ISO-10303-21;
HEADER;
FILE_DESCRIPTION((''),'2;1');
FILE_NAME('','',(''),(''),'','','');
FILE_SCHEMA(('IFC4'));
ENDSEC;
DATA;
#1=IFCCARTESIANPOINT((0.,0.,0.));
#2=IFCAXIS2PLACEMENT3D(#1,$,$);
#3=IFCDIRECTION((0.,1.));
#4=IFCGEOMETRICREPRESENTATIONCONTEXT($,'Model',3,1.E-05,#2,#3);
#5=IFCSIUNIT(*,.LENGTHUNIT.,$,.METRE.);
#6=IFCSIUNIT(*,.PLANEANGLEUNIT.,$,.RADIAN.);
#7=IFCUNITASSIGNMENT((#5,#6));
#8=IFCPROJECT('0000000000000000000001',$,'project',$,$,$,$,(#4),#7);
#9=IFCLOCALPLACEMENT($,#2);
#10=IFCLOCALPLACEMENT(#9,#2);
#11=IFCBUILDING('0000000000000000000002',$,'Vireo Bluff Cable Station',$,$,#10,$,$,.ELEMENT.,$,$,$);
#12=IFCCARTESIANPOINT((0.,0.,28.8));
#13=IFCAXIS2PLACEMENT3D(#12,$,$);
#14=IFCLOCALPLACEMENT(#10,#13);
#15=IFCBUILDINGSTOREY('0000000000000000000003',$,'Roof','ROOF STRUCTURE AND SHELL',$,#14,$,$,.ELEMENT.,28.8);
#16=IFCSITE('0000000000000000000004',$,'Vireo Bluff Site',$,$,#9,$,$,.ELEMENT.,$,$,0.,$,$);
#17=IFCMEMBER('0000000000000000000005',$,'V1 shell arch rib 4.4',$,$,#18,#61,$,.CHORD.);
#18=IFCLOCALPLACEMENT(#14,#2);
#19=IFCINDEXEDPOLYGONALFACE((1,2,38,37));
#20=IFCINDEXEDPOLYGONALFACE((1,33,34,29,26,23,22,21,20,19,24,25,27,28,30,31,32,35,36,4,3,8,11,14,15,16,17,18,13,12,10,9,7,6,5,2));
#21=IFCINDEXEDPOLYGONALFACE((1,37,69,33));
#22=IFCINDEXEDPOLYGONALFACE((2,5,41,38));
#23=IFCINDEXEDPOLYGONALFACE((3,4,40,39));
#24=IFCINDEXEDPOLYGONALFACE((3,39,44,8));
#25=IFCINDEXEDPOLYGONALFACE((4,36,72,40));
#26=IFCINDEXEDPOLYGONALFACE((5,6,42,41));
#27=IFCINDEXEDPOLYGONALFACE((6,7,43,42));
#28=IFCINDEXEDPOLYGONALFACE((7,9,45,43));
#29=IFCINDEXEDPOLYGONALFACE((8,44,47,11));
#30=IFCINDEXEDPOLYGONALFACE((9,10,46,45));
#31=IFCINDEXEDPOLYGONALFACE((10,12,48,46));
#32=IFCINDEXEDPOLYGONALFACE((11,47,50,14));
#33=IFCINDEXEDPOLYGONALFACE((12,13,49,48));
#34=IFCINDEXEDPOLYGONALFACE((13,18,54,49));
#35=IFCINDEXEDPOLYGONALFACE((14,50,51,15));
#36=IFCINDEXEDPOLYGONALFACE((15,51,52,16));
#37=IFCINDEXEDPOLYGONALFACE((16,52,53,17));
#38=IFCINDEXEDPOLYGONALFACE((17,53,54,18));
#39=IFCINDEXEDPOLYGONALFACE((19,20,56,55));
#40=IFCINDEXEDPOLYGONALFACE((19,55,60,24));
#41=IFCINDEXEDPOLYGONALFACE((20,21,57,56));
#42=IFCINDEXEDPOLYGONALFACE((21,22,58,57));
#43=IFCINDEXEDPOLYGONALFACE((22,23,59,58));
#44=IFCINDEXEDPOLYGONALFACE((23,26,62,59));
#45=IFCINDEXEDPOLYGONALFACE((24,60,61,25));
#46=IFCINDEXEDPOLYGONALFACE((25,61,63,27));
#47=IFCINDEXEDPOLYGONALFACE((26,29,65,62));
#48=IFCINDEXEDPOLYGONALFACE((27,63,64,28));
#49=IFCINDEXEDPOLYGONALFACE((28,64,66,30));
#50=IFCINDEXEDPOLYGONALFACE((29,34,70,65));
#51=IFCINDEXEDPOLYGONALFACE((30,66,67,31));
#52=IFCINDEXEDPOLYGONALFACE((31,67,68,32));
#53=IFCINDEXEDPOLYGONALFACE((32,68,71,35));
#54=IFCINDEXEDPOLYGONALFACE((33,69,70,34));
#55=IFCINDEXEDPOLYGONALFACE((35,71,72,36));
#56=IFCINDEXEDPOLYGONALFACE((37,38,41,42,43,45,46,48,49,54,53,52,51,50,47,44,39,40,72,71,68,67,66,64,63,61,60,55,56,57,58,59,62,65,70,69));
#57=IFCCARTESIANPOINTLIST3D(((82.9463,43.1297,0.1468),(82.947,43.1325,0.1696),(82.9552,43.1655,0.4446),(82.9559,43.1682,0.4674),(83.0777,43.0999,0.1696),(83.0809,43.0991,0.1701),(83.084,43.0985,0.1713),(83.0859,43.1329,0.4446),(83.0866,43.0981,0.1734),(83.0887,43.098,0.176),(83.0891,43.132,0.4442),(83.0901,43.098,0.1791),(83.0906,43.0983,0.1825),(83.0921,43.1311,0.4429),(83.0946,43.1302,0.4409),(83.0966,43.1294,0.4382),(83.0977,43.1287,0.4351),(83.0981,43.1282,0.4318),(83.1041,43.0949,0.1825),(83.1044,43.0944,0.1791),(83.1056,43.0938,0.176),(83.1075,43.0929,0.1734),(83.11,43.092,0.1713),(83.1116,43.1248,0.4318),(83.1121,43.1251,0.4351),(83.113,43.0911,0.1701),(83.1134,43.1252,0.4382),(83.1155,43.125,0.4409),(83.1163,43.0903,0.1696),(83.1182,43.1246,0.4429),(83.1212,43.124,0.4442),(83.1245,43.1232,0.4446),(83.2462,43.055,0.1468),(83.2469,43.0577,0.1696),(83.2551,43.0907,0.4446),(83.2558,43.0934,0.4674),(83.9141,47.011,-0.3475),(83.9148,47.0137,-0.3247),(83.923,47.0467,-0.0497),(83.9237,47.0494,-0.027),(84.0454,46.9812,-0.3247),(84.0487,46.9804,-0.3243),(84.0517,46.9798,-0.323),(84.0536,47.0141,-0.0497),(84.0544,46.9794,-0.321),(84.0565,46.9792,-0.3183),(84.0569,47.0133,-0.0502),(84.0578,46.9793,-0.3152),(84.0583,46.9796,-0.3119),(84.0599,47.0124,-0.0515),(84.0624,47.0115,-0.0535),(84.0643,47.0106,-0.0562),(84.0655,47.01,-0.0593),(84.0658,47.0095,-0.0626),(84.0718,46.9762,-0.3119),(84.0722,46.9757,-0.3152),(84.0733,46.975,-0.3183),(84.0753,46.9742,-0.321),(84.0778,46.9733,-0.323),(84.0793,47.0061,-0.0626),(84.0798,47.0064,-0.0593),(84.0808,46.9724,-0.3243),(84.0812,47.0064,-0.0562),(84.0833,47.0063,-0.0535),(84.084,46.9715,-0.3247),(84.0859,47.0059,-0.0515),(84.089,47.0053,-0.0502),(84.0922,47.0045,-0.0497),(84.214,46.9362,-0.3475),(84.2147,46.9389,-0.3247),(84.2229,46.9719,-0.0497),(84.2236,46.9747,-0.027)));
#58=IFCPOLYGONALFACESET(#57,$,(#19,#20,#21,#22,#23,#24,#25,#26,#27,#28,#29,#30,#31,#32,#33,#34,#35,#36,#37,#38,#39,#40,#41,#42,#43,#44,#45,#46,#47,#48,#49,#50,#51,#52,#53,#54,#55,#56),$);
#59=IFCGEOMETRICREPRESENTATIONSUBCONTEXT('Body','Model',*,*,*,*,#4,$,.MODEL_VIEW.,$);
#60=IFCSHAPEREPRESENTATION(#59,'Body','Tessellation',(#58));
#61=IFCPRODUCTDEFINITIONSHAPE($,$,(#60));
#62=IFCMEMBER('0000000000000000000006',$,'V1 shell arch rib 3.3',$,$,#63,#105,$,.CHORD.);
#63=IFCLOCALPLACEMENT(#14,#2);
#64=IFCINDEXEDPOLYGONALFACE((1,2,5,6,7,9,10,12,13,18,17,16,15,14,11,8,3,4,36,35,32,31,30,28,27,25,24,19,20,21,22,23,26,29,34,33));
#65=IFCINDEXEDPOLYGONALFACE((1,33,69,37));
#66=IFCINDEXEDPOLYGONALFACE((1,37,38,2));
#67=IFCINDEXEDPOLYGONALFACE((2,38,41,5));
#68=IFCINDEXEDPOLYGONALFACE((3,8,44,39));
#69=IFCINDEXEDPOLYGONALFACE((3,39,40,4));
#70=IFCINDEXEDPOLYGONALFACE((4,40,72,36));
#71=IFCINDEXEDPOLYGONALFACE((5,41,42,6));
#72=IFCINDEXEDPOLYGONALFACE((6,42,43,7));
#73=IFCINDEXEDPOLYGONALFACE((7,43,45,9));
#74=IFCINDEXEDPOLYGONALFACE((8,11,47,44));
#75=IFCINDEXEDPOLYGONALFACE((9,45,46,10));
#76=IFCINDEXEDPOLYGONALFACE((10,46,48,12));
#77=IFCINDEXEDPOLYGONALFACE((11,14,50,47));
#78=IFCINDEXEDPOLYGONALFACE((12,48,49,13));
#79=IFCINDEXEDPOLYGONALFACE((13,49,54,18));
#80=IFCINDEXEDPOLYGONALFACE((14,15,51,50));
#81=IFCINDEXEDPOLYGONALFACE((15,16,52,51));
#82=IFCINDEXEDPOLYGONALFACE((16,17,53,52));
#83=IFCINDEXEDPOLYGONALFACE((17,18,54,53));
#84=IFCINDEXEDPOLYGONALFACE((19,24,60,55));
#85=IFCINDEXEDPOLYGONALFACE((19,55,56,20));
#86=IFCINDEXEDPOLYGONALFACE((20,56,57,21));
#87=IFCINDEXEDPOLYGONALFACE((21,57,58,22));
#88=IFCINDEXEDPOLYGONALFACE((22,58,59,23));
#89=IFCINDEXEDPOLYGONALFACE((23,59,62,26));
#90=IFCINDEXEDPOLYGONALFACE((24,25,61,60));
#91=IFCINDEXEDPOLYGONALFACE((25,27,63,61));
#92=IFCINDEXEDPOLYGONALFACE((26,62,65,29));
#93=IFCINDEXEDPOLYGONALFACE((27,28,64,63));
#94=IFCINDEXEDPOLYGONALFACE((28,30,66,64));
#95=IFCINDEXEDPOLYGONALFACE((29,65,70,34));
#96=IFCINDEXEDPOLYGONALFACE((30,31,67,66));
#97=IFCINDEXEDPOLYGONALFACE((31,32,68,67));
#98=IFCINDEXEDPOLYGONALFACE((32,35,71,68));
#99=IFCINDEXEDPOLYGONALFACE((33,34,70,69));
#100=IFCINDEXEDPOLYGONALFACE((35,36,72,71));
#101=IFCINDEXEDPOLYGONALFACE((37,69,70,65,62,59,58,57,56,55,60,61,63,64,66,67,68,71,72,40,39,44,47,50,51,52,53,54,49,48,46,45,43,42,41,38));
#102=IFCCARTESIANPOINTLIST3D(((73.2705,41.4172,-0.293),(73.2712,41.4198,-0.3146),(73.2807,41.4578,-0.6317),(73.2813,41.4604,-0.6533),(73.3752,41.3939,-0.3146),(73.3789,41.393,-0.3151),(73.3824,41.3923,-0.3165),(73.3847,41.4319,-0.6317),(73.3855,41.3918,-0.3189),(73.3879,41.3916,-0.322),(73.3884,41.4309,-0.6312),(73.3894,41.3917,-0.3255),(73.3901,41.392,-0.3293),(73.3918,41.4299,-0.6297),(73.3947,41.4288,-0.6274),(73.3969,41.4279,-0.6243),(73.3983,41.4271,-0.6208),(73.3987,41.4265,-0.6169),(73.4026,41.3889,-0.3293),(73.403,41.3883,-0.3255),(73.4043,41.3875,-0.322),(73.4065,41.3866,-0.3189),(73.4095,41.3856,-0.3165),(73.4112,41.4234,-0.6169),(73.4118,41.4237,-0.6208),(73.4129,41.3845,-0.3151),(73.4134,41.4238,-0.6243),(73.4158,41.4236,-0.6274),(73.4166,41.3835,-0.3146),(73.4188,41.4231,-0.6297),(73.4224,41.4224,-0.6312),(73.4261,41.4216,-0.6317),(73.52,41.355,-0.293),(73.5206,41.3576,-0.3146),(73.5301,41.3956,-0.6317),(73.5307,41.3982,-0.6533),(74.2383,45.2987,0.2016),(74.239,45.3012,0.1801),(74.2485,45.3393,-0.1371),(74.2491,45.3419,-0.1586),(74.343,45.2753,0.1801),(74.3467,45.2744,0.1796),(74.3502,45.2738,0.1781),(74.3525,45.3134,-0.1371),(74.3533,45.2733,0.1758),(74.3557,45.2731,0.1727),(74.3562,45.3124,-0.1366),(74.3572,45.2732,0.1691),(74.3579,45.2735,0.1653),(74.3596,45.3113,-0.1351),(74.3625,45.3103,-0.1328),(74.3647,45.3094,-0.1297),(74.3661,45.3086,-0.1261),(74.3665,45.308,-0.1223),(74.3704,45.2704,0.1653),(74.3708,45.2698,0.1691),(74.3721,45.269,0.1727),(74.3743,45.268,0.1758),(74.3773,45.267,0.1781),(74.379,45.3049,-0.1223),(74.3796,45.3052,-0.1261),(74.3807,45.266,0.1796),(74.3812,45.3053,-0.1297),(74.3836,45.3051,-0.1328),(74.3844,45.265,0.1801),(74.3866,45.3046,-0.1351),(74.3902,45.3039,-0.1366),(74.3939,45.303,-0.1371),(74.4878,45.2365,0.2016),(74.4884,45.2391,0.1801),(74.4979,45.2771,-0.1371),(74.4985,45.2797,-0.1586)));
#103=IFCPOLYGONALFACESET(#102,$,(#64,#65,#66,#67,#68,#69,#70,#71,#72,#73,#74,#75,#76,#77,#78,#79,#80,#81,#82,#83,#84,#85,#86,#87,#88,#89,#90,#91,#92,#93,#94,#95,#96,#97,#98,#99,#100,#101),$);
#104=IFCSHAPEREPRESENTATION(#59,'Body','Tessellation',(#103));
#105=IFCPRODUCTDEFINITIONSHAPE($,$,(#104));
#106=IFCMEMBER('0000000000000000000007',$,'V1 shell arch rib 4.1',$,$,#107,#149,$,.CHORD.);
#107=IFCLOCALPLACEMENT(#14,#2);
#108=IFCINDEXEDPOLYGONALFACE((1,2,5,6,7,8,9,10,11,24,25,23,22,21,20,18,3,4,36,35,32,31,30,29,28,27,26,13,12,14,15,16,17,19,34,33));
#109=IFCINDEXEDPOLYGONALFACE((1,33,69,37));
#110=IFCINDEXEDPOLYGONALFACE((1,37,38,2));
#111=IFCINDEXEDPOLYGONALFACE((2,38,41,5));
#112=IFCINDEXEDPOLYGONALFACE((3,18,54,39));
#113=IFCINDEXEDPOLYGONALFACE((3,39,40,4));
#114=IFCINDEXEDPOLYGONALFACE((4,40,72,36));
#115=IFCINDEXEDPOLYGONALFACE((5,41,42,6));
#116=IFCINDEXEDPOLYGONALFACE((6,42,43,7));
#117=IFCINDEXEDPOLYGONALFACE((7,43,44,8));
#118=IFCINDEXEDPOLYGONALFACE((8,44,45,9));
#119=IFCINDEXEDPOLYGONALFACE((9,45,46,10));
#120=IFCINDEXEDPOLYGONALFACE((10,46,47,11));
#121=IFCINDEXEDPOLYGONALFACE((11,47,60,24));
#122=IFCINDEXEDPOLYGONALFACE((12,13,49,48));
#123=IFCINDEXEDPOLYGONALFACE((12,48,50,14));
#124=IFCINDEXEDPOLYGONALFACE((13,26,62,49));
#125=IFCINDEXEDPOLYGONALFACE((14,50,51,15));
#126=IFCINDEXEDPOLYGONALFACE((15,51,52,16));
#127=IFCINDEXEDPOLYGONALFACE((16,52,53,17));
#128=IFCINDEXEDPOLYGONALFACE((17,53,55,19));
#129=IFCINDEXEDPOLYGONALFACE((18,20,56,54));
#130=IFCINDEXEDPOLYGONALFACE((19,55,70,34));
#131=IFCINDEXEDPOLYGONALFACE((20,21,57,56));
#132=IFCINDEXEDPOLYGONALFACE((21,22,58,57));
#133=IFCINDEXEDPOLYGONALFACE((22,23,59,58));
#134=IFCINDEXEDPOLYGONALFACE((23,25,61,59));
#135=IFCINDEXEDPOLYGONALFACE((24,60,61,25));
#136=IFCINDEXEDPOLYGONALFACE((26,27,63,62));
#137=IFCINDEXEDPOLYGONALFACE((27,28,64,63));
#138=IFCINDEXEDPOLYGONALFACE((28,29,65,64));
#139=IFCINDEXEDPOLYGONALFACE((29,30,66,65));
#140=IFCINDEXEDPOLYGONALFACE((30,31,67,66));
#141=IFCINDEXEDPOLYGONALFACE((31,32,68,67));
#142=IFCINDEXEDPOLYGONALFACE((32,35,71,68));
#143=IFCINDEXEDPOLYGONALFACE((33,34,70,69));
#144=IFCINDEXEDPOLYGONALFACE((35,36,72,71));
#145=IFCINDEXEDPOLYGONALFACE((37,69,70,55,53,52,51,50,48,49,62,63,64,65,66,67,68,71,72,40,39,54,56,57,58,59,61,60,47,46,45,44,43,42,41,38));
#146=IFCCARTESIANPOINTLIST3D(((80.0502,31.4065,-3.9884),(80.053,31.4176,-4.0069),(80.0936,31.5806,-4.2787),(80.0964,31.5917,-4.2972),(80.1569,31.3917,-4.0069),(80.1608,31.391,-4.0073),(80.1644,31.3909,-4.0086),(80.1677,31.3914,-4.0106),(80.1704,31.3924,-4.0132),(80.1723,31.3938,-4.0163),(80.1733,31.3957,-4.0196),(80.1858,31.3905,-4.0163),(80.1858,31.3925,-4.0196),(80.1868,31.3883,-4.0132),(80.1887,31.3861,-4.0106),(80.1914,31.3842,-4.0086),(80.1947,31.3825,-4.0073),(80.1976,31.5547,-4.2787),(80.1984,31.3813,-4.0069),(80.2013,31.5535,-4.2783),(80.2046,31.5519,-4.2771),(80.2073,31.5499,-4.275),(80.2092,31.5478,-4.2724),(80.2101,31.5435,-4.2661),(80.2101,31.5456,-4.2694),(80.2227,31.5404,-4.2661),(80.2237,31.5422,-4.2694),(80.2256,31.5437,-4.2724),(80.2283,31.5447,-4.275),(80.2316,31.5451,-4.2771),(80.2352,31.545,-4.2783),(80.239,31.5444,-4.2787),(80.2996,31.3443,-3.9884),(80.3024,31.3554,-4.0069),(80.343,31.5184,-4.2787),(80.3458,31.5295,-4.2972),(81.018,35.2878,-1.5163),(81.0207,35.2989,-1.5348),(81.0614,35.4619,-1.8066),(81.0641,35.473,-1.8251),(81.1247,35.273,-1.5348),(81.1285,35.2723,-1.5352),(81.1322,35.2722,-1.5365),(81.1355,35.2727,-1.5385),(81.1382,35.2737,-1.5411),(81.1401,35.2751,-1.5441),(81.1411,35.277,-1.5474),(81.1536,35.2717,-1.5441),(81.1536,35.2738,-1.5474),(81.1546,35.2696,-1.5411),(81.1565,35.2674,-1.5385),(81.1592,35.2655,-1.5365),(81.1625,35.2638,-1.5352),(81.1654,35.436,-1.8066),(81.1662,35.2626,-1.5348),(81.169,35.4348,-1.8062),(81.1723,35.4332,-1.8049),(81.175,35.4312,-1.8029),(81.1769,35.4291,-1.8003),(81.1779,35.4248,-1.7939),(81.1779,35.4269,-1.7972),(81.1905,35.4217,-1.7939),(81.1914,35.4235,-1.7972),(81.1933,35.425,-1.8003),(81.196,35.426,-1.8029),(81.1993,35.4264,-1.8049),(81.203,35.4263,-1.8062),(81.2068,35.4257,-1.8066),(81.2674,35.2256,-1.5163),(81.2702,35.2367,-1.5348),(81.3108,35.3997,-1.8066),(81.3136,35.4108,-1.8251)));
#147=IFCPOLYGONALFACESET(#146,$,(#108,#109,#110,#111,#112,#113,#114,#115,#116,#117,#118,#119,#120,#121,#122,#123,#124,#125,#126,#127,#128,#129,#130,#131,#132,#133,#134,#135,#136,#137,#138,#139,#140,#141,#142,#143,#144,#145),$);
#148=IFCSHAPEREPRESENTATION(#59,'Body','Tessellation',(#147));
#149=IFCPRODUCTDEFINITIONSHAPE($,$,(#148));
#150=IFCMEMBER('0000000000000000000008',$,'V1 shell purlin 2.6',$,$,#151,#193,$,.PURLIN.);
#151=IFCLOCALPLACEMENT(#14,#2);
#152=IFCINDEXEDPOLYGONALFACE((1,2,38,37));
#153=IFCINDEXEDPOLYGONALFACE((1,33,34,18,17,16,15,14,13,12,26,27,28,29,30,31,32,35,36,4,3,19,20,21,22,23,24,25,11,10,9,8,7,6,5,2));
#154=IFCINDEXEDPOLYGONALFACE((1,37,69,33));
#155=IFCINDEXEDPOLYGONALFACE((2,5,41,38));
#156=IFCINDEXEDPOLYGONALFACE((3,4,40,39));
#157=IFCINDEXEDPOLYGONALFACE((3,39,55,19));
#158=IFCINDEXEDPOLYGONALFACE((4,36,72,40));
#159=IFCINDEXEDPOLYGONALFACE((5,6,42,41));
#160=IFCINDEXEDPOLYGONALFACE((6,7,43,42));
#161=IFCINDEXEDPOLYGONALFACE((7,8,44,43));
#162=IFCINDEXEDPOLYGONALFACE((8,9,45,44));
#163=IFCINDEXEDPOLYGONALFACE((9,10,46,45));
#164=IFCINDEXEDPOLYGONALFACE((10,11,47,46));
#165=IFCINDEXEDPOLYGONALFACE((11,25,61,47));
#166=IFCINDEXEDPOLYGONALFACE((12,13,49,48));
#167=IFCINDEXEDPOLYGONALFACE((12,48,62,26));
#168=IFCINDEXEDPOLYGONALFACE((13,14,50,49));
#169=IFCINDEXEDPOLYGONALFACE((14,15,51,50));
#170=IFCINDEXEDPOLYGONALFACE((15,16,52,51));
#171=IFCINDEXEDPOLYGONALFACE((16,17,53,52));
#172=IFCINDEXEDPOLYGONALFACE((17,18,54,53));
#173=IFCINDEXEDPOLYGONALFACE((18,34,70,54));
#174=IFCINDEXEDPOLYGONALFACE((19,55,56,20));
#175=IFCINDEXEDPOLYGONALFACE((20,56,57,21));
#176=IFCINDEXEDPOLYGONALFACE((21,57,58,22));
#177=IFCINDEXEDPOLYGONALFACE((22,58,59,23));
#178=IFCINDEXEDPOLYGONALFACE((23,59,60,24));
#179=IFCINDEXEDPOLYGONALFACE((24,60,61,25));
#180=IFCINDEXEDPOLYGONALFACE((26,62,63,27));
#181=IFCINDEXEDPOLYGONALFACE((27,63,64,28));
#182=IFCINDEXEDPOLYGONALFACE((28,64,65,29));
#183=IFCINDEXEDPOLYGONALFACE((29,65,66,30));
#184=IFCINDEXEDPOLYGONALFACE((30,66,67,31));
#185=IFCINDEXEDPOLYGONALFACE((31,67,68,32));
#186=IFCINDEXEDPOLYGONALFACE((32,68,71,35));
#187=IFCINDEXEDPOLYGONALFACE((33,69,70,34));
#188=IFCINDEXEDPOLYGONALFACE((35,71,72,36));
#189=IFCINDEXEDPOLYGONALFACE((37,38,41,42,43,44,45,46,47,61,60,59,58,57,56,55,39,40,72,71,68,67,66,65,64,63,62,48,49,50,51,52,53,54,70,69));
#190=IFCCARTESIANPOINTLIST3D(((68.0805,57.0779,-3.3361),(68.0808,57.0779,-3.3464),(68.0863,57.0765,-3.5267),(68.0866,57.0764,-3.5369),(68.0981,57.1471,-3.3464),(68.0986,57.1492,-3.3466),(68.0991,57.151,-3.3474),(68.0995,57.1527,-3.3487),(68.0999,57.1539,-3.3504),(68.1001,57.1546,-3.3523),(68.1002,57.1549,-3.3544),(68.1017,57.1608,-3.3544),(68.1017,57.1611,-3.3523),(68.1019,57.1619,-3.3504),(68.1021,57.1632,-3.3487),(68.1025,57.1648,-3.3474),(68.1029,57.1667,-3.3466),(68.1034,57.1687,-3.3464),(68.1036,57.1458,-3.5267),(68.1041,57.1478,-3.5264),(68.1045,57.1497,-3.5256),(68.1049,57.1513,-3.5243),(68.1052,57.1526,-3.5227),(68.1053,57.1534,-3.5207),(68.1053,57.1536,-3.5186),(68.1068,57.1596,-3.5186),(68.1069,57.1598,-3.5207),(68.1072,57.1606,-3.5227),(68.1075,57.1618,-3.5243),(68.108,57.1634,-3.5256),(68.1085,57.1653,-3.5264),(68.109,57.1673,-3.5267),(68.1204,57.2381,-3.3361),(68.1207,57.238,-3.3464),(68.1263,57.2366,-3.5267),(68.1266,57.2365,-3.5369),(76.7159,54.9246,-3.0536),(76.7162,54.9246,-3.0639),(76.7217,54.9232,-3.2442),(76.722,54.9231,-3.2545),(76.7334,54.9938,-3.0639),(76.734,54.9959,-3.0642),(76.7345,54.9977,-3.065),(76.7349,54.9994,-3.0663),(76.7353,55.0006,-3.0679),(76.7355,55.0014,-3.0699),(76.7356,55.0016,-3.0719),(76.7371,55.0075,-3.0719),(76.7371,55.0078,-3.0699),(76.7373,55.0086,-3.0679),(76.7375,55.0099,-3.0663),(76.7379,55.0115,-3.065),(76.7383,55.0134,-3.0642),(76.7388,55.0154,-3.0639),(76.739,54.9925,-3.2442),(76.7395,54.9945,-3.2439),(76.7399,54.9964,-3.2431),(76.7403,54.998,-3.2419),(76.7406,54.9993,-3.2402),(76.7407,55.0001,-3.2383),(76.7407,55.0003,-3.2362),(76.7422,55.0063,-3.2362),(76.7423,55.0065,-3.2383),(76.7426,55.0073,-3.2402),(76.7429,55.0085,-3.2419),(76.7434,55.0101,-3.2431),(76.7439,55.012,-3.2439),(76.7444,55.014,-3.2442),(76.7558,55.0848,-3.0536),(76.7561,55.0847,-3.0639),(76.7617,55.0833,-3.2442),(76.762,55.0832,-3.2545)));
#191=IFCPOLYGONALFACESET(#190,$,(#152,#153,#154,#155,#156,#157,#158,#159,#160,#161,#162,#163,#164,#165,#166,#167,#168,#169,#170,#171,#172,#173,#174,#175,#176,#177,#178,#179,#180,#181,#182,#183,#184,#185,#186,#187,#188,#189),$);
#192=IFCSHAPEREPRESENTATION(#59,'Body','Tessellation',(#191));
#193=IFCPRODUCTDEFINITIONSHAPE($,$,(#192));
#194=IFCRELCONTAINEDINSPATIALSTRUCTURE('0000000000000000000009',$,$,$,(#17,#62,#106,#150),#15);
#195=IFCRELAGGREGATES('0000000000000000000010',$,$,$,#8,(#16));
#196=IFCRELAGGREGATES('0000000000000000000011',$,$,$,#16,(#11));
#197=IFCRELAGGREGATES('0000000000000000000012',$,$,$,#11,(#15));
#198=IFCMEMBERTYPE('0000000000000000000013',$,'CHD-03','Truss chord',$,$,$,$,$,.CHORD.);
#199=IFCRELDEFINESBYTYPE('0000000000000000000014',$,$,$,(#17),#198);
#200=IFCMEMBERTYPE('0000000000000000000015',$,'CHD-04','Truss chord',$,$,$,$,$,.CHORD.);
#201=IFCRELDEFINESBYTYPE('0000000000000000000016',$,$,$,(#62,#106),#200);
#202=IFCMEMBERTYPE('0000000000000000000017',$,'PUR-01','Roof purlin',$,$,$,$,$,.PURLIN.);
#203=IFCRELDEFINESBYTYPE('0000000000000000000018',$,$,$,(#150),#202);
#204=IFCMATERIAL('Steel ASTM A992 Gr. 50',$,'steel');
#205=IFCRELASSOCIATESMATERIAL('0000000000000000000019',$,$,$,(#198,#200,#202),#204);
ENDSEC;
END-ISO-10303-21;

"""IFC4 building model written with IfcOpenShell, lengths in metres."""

from ifc_helpers import new_model, si_unit, direction, frame, origin, origin_2d, place, context, subcontext, project, spatial, i_section, extrude, material, material_profile, profile_set, type_object, element, save


model = new_model("IFC4")

# Units and contexts
model_context = context("Model", 3, precision=1e-05, world=origin(), true_north=direction((0.0, 1.0)))
body_context = subcontext(model_context, "Body", "Model", "MODEL_VIEW")
ifc_project = project(units=[si_unit("LENGTHUNIT", "METRE"), si_unit("PLANEANGLEUNIT", "RADIAN")], contexts=[model_context])

# Site, building, storey
site_placement = place(None, origin())
site = spatial("IfcSite", under=ifc_project, at=site_placement, Name="Vireo Bluff Site", CompositionType="ELEMENT", RefElevation=0.0)
building_placement = place(site_placement, origin())
building = spatial("IfcBuilding", under=site, at=building_placement, Name="Vireo Bluff Cable Station", CompositionType="ELEMENT")
storey_placement = place(building_placement, frame((0.0, 0.0, 28.8)))
storey = spatial("IfcBuildingStorey", under=building, at=storey_placement, Name="Roof", Description="ROOF STRUCTURE AND SHELL", CompositionType="ELEMENT", Elevation=28.8)

# Members
ifc_material_1 = material(Name="Steel ASTM A992 Gr. 50", Category="steel")
ifc_material_profile_1 = material_profile(ifc_material_1, i_section(OverallWidth=0.3091, OverallDepth=0.323, WebThickness=0.0139, FlangeThickness=0.0229, FilletRadius=0.0129, at=origin_2d()), Name="W12X96")
ifc_profile_set_1 = profile_set([ifc_material_profile_1], Name="Steel ASTM A992 Gr. 50")
member_type_1 = type_object("IfcMemberType", Name="CHD-03", Description="Truss chord", PredefinedType="CHORD", material=ifc_profile_set_1)
member_1_placement = place(storey_placement, frame((83.1011, 43.1116, 0.3071), z_axis=(0.240106, 0.962966, -0.122657), x_axis=(-0.970293, 0.241932, 0.0)))
element("IfcMember", 1, at=member_1_placement, inside=storey, type_object=member_type_1, Name="V1 shell arch rib 4.4", PredefinedType="CHORD", context=body_context, shape_type="SweptSolid", body=[
    extrude(i_section(OverallWidth=0.3091, OverallDepth=0.323, WebThickness=0.0139, FlangeThickness=0.0229, FilletRadius=0.0129, at=origin_2d()), origin(), (0.0, 0.0, 1.0), 4.0305),
])
ifc_material_profile_2 = material_profile(ifc_material_1, i_section(OverallWidth=0.2571, OverallDepth=0.363, WebThickness=0.0129, FlangeThickness=0.0217, FilletRadius=0.0149, at=origin_2d()), Name="W14X82")
ifc_profile_set_2 = profile_set([ifc_material_profile_2], Name="Steel ASTM A992 Gr. 50")
member_type_2 = type_object("IfcMemberType", Name="CHD-04", Description="Truss chord", PredefinedType="CHORD", material=ifc_profile_set_2)
member_2_placement = place(storey_placement, frame((73.4006, 41.4077, -0.4731), z_axis=(0.240104, 0.962959, 0.122717), x_axis=(-0.970293, 0.241932, 0.0)))
element("IfcMember", 2, at=member_2_placement, inside=storey, type_object=member_type_2, Name="V1 shell arch rib 3.3", PredefinedType="CHORD", context=body_context, shape_type="SweptSolid", body=[
    extrude(i_section(OverallWidth=0.2571, OverallDepth=0.363, WebThickness=0.0129, FlangeThickness=0.0217, FilletRadius=0.0149, at=origin_2d()), origin(), (0.0, 0.0, 1.0), 4.0308),
])
member_3_placement = place(storey_placement, frame((80.198, 31.468, -4.1428), z_axis=(0.205802, 0.825388, 0.525719), x_axis=(-0.970293, 0.241932, 0.0)))
element("IfcMember", 3, at=member_3_placement, inside=storey, type_object=member_type_2, Name="V1 shell arch rib 4.1", PredefinedType="CHORD", context=body_context, shape_type="SweptSolid", body=[
    extrude(i_section(OverallWidth=0.2571, OverallDepth=0.363, WebThickness=0.0129, FlangeThickness=0.0217, FilletRadius=0.0149, at=origin_2d()), origin(), (0.0, 0.0, 1.0), 4.7024),
])
ifc_material_profile_3 = material_profile(ifc_material_1, i_section(OverallWidth=0.165, OverallDepth=0.2009, WebThickness=0.0061, FlangeThickness=0.0103, FilletRadius=0.0081, at=origin_2d()), Name="W8X24")
ifc_profile_set_3 = profile_set([ifc_material_profile_3], Name="Steel ASTM A992 Gr. 50")
member_type_3 = type_object("IfcMemberType", Name="PUR-01", Description="Roof purlin", PredefinedType="PURLIN", material=ifc_profile_set_3)
member_4_placement = place(storey_placement, frame((68.1035, 57.1572, -3.4365), z_axis=(0.969801, -0.241826, 0.031723), x_axis=(0.241948, 0.970289, 0.0)))
element("IfcMember", 4, at=member_4_placement, inside=storey, type_object=member_type_3, Name="V1 shell purlin 2.6", PredefinedType="PURLIN", context=body_context, shape_type="SweptSolid", body=[
    extrude(i_section(OverallWidth=0.165, OverallDepth=0.2009, WebThickness=0.0061, FlangeThickness=0.0103, FilletRadius=0.0081, at=origin_2d()), origin(), (0.0, 0.0, 1.0), 8.9043),
])

save(model, "model.ifc")
